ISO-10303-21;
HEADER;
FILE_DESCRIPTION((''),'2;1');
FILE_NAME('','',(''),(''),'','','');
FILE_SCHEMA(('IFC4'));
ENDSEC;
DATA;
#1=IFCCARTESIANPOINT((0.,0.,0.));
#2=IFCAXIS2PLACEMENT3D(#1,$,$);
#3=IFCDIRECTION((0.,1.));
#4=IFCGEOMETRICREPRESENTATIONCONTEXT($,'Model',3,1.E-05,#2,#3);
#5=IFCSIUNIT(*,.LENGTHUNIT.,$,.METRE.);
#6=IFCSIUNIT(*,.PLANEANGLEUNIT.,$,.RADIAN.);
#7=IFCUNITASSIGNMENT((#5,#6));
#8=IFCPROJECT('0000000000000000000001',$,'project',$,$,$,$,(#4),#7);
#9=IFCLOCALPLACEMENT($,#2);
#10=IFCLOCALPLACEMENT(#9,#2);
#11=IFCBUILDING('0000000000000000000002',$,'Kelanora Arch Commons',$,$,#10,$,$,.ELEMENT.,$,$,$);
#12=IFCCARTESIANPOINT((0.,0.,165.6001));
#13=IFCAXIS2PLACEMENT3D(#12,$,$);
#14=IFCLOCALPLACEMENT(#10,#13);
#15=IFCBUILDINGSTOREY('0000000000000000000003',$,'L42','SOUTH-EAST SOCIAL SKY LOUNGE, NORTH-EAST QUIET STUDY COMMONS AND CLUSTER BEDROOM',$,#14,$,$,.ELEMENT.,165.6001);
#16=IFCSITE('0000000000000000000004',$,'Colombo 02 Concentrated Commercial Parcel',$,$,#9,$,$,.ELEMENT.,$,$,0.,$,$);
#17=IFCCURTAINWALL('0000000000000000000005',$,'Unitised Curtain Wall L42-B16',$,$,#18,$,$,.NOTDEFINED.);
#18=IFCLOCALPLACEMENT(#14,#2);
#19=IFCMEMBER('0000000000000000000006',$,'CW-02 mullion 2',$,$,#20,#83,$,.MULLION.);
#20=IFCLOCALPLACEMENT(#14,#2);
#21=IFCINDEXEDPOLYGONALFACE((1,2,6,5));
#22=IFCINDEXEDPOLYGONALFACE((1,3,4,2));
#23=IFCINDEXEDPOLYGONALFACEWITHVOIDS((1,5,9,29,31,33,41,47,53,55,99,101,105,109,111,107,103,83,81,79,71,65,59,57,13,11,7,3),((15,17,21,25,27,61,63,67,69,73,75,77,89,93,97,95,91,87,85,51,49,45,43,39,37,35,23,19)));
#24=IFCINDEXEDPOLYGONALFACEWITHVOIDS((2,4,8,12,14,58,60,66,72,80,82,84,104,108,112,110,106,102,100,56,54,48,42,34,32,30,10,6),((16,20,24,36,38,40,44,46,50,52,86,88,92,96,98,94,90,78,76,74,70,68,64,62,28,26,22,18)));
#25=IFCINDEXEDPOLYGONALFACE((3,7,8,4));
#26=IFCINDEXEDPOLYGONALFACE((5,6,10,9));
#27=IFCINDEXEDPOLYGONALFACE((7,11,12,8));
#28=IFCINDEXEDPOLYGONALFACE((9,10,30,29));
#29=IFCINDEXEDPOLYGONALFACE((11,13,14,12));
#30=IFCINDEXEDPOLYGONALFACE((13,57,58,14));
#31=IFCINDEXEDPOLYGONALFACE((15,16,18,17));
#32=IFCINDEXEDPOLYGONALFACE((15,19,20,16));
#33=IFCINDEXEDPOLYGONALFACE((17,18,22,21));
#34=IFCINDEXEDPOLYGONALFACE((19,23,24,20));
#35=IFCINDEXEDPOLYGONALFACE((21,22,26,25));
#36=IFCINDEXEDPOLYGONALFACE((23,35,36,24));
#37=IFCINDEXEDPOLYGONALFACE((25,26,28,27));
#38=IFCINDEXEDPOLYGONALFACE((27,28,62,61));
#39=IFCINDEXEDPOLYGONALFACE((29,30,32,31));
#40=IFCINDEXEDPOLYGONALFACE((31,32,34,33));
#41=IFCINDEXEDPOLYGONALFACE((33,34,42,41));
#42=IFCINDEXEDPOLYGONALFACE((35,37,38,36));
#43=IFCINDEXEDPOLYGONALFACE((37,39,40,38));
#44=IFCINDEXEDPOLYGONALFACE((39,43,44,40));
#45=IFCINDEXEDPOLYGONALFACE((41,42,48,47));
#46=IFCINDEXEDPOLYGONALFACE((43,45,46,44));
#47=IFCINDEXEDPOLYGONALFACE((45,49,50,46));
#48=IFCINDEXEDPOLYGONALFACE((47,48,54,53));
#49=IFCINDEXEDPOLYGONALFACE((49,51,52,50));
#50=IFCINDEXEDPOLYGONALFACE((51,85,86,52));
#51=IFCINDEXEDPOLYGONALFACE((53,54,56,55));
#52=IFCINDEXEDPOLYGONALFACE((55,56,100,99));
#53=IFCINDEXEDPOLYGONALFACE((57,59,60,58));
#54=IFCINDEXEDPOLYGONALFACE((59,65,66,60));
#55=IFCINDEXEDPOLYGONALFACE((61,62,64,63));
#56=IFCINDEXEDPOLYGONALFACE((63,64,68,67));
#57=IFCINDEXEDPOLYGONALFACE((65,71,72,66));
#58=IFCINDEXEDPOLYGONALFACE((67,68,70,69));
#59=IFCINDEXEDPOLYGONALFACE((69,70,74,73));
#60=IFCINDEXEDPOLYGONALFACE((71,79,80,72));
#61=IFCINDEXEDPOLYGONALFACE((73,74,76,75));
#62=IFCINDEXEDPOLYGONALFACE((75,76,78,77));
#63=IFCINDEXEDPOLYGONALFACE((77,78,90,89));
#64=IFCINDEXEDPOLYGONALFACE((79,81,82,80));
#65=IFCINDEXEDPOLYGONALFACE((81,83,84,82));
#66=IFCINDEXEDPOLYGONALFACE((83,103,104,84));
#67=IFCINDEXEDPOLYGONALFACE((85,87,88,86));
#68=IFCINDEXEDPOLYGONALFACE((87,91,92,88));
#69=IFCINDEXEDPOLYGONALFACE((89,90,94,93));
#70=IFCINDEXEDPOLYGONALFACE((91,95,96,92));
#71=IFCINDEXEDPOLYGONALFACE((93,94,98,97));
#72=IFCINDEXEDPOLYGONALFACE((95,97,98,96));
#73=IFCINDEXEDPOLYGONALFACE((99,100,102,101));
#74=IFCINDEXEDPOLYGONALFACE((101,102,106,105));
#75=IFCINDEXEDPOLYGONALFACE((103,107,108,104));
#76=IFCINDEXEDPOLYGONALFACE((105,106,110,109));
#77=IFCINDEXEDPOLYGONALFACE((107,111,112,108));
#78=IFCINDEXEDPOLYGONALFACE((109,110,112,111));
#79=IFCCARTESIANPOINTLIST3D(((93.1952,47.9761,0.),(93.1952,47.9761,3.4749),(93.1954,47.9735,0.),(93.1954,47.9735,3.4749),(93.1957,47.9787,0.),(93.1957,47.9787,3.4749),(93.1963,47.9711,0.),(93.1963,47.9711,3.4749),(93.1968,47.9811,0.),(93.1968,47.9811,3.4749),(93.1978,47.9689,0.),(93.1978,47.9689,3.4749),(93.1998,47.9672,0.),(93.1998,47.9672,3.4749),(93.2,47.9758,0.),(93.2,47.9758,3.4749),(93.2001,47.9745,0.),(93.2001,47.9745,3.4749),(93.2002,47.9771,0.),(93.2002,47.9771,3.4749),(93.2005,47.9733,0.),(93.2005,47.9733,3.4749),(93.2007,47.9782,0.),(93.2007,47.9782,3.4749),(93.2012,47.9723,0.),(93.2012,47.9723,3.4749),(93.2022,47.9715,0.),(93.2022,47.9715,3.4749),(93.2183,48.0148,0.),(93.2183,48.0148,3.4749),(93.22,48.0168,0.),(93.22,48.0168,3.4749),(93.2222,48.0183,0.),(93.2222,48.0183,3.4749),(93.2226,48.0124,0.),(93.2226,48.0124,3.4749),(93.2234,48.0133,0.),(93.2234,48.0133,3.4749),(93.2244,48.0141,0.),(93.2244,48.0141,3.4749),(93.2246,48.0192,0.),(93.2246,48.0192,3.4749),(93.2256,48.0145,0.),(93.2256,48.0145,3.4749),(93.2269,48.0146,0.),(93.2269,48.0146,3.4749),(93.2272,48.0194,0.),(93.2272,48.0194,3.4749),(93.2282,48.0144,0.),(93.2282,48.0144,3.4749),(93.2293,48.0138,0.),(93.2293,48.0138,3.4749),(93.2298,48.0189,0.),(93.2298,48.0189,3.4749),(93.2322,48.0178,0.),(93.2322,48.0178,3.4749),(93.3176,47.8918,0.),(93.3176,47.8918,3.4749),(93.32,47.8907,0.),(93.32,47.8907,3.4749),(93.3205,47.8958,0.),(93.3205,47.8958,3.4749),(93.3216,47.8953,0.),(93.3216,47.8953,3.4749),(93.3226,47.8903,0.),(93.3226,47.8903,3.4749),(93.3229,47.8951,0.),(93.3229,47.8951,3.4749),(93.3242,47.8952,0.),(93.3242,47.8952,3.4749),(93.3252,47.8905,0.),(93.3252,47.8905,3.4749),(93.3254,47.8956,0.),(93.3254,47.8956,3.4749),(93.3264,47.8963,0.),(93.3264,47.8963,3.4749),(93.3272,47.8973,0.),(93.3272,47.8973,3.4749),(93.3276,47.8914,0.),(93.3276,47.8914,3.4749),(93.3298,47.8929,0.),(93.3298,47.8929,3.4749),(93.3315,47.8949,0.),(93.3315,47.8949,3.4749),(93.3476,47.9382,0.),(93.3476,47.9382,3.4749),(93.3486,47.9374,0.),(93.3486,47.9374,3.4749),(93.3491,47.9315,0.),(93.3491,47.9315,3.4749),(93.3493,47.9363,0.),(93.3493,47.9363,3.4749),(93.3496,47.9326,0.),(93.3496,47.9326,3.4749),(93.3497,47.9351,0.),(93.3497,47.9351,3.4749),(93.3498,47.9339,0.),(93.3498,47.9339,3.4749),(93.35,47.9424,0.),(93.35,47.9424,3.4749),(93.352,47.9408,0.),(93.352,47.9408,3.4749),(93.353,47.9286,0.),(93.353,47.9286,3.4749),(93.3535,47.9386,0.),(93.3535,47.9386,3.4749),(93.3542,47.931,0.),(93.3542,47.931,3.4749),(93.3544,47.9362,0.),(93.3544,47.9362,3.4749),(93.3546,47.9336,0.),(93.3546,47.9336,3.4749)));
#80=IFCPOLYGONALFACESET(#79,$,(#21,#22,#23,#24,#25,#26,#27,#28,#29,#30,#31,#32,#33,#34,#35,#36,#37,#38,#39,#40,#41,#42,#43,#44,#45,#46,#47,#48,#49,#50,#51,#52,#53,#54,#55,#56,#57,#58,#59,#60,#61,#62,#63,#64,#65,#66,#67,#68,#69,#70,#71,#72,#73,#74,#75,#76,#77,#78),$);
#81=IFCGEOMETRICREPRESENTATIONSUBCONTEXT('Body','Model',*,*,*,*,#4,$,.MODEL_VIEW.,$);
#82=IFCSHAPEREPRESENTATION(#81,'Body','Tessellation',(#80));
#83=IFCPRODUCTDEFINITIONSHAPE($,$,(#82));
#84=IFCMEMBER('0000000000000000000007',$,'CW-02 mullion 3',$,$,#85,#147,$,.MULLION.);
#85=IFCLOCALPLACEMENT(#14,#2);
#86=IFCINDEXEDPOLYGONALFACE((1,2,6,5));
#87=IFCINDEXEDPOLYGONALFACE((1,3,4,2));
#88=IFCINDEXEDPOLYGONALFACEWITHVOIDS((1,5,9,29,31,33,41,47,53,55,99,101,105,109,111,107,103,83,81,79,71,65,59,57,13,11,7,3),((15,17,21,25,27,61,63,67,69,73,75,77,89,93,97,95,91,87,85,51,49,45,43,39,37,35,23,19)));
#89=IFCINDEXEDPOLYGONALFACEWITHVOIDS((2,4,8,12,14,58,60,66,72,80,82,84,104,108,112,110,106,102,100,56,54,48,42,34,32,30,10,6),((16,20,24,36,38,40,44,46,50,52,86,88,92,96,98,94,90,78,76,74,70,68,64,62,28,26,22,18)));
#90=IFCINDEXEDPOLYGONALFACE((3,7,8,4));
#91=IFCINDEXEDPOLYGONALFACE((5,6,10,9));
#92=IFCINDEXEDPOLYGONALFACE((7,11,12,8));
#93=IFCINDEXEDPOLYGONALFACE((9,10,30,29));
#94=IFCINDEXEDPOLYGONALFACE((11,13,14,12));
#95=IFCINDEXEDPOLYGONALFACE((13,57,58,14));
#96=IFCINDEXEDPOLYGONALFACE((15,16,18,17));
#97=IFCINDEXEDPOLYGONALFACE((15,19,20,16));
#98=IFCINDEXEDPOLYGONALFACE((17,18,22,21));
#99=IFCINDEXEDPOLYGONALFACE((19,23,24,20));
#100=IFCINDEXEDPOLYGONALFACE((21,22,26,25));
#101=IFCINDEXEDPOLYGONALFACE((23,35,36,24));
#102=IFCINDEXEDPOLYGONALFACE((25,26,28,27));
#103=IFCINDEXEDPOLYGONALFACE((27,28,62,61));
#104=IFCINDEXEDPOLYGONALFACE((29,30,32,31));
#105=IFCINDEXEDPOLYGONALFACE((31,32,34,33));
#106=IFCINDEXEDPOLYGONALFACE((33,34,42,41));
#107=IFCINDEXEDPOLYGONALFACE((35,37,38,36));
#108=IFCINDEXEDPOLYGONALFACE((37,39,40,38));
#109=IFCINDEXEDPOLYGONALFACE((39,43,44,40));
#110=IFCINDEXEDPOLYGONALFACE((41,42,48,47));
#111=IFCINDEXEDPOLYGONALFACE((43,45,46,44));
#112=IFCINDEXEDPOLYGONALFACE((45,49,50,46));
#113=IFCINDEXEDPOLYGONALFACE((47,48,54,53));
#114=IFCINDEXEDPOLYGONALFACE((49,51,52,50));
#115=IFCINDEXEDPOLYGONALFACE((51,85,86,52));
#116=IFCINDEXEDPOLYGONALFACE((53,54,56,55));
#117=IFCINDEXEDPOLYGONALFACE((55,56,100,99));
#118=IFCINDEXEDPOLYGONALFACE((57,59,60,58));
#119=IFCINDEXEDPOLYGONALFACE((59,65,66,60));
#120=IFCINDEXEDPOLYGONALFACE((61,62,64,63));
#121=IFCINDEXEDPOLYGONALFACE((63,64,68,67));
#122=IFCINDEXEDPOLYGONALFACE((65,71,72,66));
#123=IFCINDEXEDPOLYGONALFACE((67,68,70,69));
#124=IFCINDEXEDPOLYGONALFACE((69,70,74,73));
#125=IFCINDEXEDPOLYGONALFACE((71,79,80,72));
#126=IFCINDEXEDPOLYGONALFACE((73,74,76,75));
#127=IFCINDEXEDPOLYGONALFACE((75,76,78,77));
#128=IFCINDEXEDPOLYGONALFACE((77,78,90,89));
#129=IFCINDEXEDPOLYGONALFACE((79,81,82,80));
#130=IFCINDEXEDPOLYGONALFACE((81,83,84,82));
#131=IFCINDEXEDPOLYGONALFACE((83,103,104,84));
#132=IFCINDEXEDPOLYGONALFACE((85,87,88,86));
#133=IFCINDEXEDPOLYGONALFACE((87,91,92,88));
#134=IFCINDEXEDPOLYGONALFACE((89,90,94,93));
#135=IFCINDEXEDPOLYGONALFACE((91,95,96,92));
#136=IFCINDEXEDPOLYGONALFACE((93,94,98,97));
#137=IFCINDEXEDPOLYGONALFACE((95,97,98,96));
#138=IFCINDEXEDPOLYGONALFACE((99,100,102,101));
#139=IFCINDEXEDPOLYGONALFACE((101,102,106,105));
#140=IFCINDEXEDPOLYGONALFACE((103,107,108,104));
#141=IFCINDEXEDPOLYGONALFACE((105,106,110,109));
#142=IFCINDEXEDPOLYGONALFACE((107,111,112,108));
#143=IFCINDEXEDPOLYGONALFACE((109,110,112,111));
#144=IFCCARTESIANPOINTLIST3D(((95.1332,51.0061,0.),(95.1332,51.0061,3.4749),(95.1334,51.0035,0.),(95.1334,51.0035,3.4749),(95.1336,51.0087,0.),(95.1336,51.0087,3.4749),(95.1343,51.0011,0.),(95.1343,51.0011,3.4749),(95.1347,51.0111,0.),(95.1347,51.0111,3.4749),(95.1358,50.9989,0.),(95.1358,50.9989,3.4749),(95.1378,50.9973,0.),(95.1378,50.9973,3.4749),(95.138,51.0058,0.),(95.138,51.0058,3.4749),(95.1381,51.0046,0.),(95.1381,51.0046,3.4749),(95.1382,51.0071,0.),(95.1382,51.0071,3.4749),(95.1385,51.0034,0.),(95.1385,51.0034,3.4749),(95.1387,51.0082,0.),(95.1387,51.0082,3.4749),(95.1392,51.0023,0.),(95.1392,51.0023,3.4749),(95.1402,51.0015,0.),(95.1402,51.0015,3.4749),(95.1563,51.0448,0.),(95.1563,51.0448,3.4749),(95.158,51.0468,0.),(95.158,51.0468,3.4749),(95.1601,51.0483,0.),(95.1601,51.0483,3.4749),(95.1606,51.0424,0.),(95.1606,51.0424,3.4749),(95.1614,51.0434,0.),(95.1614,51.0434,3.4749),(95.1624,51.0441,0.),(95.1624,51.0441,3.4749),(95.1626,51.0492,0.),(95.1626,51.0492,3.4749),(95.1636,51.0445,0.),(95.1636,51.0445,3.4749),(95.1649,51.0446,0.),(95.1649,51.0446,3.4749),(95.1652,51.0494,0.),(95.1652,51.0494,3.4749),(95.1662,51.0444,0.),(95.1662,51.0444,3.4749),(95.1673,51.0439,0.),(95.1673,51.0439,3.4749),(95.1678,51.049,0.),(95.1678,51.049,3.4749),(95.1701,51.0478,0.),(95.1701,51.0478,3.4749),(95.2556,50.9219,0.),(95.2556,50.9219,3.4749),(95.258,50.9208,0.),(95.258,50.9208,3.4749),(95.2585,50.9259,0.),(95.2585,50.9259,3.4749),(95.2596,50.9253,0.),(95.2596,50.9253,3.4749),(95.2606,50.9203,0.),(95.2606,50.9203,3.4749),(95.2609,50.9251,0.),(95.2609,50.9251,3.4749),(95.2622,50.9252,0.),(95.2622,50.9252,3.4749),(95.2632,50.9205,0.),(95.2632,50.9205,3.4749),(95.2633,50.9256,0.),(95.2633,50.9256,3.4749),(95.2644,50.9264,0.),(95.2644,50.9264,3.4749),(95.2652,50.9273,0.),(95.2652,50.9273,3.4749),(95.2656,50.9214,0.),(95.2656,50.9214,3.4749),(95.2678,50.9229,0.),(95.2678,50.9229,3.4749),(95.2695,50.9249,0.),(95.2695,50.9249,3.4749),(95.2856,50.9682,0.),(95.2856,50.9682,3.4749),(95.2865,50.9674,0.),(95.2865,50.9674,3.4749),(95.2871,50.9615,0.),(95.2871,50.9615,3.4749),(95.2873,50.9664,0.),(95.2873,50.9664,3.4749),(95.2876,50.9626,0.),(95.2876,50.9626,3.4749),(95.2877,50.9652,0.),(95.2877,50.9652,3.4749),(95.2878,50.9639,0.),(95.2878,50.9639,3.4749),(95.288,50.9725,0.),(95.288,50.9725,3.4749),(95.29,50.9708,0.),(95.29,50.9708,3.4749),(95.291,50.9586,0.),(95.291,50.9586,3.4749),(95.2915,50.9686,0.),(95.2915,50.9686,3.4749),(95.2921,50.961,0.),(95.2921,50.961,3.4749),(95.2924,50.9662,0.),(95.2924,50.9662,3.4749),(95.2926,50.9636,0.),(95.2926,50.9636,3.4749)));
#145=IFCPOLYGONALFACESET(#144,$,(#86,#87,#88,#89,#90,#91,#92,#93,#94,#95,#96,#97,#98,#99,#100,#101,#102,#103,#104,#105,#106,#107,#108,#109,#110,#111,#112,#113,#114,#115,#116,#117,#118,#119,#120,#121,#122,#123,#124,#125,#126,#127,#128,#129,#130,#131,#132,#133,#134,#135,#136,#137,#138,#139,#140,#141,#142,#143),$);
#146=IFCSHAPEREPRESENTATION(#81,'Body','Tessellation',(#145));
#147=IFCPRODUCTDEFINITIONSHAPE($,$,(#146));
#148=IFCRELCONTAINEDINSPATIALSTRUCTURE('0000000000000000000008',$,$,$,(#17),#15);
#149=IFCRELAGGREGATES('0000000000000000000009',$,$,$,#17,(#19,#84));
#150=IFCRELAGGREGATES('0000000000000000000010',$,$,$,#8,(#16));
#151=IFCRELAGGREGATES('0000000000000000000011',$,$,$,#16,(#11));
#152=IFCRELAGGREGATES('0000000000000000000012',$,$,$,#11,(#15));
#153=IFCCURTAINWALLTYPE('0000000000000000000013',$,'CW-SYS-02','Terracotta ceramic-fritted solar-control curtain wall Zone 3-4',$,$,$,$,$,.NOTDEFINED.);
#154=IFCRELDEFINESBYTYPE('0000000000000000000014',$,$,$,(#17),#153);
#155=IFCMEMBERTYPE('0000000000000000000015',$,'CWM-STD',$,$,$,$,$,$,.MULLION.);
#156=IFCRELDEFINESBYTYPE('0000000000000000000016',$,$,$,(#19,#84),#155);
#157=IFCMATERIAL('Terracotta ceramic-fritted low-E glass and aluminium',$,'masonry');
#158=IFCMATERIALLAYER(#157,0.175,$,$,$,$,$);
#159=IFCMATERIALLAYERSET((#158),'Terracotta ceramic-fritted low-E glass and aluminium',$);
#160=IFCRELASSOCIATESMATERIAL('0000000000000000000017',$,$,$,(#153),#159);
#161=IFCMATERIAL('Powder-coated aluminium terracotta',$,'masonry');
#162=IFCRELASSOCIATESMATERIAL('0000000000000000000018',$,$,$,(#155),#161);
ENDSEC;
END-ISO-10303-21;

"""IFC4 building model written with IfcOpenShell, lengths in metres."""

from ifc_helpers import new_model, si_unit, direction, frame, origin, origin_2d, place, context, subcontext, project, spatial, hollow_rectangle, extrude, material, layer, layer_set, material_profile, profile_set, type_object, element, aggregate, save


model = new_model("IFC4")

# Units and contexts
model_context = context("Model", 3, precision=1e-05, world=origin(), true_north=direction((0.0, 1.0)))
body_context = subcontext(model_context, "Body", "Model", "MODEL_VIEW")
ifc_project = project(units=[si_unit("LENGTHUNIT", "METRE"), si_unit("PLANEANGLEUNIT", "RADIAN")], contexts=[model_context])

# Site, building, storey
site_placement = place(None, origin())
site = spatial("IfcSite", under=ifc_project, at=site_placement, Name="Colombo 02 Concentrated Commercial Parcel", CompositionType="ELEMENT", RefElevation=0.0)
building_placement = place(site_placement, origin())
building = spatial("IfcBuilding", under=site, at=building_placement, Name="Kelanora Arch Commons", CompositionType="ELEMENT")
storey_placement = place(building_placement, frame((0.0, 0.0, 165.6001)))
storey = spatial("IfcBuildingStorey", under=building, at=storey_placement, Name="L42", Description="SOUTH-EAST SOCIAL SKY LOUNGE, NORTH-EAST QUIET STUDY COMMONS AND CLUSTER BEDROOM", CompositionType="ELEMENT", Elevation=165.6001)

# Curtain wall, members
ifc_material_1 = material(Name="Terracotta ceramic-fritted low-E glass and aluminium", Category="masonry")
ifc_layer_1 = layer(ifc_material_1, 0.175)
ifc_layer_set_1 = layer_set([ifc_layer_1], Name="Terracotta ceramic-fritted low-E glass and aluminium")
curtain_wall_type = type_object("IfcCurtainWallType", Name="CW-SYS-02", Description="Terracotta ceramic-fritted solar-control curtain wall Zone 3-4", PredefinedType="NOTDEFINED", material=ifc_layer_set_1)
curtain_wall_placement = place(storey_placement, origin())
curtain_wall = element("IfcCurtainWall", 1, at=curtain_wall_placement, inside=storey, type_object=curtain_wall_type, Name="Unitised Curtain Wall L42-B16", PredefinedType="NOTDEFINED")
ifc_material_2 = material(Name="Powder-coated aluminium terracotta", Category="masonry")
ifc_material_profile_1 = material_profile(ifc_material_2, hollow_rectangle(XDim=0.1599, YDim=0.0601, WallThickness=0.0049, InnerFilletRadius=0.0049, OuterFilletRadius=0.01, at=origin_2d()), Name="CWM160x60")
ifc_profile_set_1 = profile_set([ifc_material_profile_1], Name="Powder-coated aluminium terracotta")
member_type_1 = type_object("IfcMemberType", Name="CWM-STD", PredefinedType="MULLION", material=ifc_profile_set_1)
member_1_placement = place(storey_placement, frame((93.2749, 47.9548, 0.0), z_axis=(0.0, 0.0, 1.0), x_axis=(-0.842423, 0.538817, 0.0)))
member_1 = element("IfcMember", 2, at=member_1_placement, type_object=member_type_1, Name="CW-02 mullion 2", PredefinedType="MULLION", context=body_context, shape_type="SweptSolid", body=[
    extrude(hollow_rectangle(XDim=0.1599, YDim=0.0601, WallThickness=0.0049, InnerFilletRadius=0.0049, OuterFilletRadius=0.01, at=origin_2d()), origin(), (0.0, 0.0, 1.0), 3.4749),
])
member_2_placement = place(storey_placement, frame((95.2129, 50.9849, 0.0), z_axis=(0.0, 0.0, 1.0), x_axis=(-0.842423, 0.538817, 0.0)))
member_2 = element("IfcMember", 3, at=member_2_placement, type_object=member_type_1, Name="CW-02 mullion 3", PredefinedType="MULLION", context=body_context, shape_type="SweptSolid", body=[
    extrude(hollow_rectangle(XDim=0.1599, YDim=0.0601, WallThickness=0.0049, InnerFilletRadius=0.0049, OuterFilletRadius=0.01, at=origin_2d()), origin(), (0.0, 0.0, 1.0), 3.4749),
])
aggregate(curtain_wall, [member_1, member_2])

save(model, "model.ifc")
